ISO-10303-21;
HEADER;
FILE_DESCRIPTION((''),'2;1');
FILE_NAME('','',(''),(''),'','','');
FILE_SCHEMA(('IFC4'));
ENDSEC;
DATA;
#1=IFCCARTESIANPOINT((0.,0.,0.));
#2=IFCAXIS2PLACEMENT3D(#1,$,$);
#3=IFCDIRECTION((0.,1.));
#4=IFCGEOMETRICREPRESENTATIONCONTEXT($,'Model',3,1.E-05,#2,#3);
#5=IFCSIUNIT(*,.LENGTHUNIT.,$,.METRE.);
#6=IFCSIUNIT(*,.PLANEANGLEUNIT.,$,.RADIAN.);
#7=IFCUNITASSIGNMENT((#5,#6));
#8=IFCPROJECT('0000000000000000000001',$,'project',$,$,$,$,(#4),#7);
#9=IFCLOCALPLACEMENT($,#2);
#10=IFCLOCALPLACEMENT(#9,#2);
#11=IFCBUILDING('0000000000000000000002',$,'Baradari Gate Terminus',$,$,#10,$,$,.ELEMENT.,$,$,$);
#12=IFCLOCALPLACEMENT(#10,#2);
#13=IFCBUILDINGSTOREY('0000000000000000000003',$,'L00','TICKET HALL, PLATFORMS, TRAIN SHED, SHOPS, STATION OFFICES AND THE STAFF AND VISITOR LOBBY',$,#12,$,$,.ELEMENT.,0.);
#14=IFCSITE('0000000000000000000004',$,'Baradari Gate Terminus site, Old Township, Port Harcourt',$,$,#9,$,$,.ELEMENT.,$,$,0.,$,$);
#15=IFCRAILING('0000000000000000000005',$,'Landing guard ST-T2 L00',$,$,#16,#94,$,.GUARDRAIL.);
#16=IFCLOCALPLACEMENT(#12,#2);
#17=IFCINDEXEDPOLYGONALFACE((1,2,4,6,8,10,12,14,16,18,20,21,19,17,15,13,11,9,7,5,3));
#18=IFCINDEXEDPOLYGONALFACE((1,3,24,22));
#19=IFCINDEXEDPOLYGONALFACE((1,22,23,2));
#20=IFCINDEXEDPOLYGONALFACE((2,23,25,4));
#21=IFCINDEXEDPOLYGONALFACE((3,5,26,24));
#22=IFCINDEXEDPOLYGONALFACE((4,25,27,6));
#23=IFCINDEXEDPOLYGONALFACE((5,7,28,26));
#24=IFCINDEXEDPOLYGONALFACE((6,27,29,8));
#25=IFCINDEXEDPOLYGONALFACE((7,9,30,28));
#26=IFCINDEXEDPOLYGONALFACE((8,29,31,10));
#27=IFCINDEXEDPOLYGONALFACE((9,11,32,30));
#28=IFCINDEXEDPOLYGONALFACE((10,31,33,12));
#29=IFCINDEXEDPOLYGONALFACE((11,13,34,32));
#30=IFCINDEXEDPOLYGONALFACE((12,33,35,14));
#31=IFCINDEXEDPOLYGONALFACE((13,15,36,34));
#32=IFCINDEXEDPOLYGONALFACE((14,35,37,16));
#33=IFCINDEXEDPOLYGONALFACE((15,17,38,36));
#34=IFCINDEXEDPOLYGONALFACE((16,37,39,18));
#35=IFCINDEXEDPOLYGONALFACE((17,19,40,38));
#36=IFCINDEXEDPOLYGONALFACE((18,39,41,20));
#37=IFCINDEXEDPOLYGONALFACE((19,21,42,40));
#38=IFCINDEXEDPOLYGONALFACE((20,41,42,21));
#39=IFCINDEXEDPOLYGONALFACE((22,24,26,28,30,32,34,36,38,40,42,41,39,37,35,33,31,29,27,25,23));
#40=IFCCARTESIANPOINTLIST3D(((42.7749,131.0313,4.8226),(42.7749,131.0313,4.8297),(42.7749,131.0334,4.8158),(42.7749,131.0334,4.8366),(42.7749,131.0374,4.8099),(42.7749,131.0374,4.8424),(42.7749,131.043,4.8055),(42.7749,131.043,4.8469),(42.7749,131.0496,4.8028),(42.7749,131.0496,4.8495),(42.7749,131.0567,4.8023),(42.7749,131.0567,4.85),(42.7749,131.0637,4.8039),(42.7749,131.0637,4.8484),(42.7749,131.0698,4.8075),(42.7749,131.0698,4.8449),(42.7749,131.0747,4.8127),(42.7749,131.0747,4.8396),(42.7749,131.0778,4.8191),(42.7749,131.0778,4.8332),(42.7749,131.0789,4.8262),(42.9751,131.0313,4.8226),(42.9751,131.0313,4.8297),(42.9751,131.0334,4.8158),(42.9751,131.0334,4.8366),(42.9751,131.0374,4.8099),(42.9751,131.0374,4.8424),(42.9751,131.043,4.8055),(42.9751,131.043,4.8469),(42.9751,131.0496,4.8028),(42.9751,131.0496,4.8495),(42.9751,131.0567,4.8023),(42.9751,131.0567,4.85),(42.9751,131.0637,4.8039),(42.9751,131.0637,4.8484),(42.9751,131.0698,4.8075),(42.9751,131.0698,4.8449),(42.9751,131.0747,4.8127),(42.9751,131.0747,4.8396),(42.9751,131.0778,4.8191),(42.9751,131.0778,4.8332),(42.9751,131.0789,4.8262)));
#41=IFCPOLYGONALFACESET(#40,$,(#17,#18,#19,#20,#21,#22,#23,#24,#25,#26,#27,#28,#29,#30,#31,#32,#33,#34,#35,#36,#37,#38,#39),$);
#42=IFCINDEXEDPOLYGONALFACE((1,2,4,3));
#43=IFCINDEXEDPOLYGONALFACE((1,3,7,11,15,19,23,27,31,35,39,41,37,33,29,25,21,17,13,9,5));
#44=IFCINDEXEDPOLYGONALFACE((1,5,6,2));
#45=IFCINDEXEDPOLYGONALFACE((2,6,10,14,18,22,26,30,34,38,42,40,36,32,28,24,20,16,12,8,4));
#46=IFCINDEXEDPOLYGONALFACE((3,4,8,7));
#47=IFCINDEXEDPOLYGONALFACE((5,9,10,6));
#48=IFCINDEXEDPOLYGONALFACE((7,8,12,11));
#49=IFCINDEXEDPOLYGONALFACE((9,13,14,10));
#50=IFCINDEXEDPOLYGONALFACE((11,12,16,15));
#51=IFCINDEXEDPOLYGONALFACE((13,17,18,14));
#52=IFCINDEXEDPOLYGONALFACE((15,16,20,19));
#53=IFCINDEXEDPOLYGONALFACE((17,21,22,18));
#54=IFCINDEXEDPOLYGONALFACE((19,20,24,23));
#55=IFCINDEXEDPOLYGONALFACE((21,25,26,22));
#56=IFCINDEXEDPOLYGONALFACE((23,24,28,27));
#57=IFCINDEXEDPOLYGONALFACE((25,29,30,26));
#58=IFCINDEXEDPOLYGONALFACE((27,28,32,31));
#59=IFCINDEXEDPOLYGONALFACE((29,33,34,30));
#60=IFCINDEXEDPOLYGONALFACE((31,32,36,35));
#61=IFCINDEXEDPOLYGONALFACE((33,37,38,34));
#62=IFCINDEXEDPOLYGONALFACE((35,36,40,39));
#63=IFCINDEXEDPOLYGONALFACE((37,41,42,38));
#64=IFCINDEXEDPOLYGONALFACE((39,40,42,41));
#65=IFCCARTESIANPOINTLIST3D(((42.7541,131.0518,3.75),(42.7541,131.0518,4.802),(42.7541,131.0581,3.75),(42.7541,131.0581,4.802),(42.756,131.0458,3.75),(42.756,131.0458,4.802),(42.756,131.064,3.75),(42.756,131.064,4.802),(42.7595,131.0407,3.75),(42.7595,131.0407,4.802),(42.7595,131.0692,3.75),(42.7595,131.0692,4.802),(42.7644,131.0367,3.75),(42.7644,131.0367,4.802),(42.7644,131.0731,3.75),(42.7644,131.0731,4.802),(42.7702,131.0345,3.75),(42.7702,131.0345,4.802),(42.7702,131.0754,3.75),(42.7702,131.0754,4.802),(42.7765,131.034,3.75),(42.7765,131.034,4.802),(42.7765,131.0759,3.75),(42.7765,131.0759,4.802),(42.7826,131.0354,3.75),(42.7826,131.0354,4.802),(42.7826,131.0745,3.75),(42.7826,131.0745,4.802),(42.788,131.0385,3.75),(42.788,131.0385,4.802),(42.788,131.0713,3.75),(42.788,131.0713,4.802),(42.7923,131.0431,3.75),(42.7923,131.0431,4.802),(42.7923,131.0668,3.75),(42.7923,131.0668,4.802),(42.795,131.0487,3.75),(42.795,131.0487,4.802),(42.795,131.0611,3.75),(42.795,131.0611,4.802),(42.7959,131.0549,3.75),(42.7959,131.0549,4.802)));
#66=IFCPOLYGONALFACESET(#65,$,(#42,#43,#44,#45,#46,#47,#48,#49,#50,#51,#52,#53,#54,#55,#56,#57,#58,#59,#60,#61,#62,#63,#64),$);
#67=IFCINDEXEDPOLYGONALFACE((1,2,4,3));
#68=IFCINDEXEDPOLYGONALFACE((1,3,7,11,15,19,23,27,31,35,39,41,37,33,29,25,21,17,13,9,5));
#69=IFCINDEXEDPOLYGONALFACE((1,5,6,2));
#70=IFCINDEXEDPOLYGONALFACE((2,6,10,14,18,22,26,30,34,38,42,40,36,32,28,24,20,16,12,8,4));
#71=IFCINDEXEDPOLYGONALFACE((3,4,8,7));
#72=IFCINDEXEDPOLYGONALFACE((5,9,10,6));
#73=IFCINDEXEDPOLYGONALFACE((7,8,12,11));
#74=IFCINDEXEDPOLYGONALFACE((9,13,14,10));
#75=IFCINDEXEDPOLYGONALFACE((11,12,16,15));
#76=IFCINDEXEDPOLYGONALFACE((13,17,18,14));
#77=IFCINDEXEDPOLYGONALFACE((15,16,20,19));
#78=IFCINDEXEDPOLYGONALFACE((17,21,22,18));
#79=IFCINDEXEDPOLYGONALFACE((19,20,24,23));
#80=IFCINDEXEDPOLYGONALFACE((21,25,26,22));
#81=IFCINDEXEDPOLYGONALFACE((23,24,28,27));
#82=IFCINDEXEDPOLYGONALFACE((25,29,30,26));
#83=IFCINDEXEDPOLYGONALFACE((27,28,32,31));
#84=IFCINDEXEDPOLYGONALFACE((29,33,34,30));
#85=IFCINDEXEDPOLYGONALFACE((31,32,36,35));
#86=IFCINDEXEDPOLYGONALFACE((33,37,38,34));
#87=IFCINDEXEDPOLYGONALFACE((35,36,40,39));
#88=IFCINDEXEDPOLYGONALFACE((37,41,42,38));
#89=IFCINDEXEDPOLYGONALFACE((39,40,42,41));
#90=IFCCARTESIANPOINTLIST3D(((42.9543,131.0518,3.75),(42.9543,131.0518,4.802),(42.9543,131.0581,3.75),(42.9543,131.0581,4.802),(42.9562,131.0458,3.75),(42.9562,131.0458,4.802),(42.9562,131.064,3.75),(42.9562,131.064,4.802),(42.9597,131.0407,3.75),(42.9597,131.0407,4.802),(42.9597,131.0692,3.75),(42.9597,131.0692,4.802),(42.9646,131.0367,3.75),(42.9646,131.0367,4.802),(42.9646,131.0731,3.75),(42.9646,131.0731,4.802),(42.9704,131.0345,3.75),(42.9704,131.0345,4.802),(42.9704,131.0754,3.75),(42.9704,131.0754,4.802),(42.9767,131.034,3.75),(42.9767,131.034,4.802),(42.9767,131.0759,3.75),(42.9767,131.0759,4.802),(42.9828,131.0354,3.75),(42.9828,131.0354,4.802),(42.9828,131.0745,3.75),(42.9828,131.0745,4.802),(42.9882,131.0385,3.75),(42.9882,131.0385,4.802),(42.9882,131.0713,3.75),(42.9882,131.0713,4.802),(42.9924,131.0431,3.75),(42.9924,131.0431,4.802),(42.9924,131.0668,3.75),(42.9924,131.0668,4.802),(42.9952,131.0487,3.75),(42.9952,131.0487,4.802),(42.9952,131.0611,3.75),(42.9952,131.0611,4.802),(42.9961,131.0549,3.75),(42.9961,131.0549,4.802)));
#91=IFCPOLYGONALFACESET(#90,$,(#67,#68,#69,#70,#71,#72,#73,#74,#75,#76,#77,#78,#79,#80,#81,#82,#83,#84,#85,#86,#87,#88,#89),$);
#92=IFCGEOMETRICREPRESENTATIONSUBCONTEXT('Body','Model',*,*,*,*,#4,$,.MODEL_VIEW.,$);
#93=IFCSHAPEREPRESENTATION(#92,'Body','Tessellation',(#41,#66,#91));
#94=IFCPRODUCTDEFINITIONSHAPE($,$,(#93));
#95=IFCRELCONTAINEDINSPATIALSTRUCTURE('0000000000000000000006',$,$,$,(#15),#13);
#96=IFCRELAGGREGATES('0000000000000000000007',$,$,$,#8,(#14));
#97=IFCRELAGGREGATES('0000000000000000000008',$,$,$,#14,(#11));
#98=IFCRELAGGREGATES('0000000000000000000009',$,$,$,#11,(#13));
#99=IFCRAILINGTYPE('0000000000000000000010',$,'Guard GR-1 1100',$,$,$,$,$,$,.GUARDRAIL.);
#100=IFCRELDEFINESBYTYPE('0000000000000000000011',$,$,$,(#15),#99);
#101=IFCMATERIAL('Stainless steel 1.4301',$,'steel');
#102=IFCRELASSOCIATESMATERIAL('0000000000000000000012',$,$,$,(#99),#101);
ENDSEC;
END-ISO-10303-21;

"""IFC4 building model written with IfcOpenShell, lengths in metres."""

from ifc_helpers import new_model, si_unit, direction, frame, origin, origin_2d, place, context, subcontext, project, spatial, circle, extrude, material, type_object, element, save


model = new_model("IFC4")

# Units and contexts
model_context = context("Model", 3, precision=1e-05, world=origin(), true_north=direction((0.0, 1.0)))
body_context = subcontext(model_context, "Body", "Model", "MODEL_VIEW")
ifc_project = project(units=[si_unit("LENGTHUNIT", "METRE"), si_unit("PLANEANGLEUNIT", "RADIAN")], contexts=[model_context])

# Site, building, storey
site_placement = place(None, origin())
site = spatial("IfcSite", under=ifc_project, at=site_placement, Name="Baradari Gate Terminus site, Old Township, Port Harcourt", CompositionType="ELEMENT", RefElevation=0.0)
building_placement = place(site_placement, origin())
building = spatial("IfcBuilding", under=site, at=building_placement, Name="Baradari Gate Terminus", CompositionType="ELEMENT")
storey_placement = place(building_placement, origin())
storey = spatial("IfcBuildingStorey", under=building, at=storey_placement, Name="L00", Description="TICKET HALL, PLATFORMS, TRAIN SHED, SHOPS, STATION OFFICES AND THE STAFF AND VISITOR LOBBY", CompositionType="ELEMENT", Elevation=0.0)

# Railing
ifc_material_1 = material(Name="Stainless steel 1.4301", Category="steel")
railing_type_1 = type_object("IfcRailingType", Name="Guard GR-1 1100", PredefinedType="GUARDRAIL", material=ifc_material_1)
railing_placement = place(storey_placement, frame((42.7749, 131.0549, 3.75)))
element("IfcRailing", 1, at=railing_placement, inside=storey, type_object=railing_type_1, Name="Landing guard ST-T2 L00", PredefinedType="GUARDRAIL", context=body_context, shape_type="SweptSolid", body=[
    extrude(circle(Radius=0.0239, at=origin_2d()), frame((0.0, 0.0, 1.0762), z_axis=(1.0, 0.0, 0.0), x_axis=(0.0, 1.0, 0.0)), (0.0, 0.0, 1.0), 0.2002),
    extrude(circle(Radius=0.021, at=origin_2d()), origin(), (0.0, 0.0, 1.0), 1.052),
    extrude(circle(Radius=0.021, at=origin_2d()), frame((0.2002, 0.0, 0.0)), (0.0, 0.0, 1.0), 1.052),
])

save(model, "model.ifc")
